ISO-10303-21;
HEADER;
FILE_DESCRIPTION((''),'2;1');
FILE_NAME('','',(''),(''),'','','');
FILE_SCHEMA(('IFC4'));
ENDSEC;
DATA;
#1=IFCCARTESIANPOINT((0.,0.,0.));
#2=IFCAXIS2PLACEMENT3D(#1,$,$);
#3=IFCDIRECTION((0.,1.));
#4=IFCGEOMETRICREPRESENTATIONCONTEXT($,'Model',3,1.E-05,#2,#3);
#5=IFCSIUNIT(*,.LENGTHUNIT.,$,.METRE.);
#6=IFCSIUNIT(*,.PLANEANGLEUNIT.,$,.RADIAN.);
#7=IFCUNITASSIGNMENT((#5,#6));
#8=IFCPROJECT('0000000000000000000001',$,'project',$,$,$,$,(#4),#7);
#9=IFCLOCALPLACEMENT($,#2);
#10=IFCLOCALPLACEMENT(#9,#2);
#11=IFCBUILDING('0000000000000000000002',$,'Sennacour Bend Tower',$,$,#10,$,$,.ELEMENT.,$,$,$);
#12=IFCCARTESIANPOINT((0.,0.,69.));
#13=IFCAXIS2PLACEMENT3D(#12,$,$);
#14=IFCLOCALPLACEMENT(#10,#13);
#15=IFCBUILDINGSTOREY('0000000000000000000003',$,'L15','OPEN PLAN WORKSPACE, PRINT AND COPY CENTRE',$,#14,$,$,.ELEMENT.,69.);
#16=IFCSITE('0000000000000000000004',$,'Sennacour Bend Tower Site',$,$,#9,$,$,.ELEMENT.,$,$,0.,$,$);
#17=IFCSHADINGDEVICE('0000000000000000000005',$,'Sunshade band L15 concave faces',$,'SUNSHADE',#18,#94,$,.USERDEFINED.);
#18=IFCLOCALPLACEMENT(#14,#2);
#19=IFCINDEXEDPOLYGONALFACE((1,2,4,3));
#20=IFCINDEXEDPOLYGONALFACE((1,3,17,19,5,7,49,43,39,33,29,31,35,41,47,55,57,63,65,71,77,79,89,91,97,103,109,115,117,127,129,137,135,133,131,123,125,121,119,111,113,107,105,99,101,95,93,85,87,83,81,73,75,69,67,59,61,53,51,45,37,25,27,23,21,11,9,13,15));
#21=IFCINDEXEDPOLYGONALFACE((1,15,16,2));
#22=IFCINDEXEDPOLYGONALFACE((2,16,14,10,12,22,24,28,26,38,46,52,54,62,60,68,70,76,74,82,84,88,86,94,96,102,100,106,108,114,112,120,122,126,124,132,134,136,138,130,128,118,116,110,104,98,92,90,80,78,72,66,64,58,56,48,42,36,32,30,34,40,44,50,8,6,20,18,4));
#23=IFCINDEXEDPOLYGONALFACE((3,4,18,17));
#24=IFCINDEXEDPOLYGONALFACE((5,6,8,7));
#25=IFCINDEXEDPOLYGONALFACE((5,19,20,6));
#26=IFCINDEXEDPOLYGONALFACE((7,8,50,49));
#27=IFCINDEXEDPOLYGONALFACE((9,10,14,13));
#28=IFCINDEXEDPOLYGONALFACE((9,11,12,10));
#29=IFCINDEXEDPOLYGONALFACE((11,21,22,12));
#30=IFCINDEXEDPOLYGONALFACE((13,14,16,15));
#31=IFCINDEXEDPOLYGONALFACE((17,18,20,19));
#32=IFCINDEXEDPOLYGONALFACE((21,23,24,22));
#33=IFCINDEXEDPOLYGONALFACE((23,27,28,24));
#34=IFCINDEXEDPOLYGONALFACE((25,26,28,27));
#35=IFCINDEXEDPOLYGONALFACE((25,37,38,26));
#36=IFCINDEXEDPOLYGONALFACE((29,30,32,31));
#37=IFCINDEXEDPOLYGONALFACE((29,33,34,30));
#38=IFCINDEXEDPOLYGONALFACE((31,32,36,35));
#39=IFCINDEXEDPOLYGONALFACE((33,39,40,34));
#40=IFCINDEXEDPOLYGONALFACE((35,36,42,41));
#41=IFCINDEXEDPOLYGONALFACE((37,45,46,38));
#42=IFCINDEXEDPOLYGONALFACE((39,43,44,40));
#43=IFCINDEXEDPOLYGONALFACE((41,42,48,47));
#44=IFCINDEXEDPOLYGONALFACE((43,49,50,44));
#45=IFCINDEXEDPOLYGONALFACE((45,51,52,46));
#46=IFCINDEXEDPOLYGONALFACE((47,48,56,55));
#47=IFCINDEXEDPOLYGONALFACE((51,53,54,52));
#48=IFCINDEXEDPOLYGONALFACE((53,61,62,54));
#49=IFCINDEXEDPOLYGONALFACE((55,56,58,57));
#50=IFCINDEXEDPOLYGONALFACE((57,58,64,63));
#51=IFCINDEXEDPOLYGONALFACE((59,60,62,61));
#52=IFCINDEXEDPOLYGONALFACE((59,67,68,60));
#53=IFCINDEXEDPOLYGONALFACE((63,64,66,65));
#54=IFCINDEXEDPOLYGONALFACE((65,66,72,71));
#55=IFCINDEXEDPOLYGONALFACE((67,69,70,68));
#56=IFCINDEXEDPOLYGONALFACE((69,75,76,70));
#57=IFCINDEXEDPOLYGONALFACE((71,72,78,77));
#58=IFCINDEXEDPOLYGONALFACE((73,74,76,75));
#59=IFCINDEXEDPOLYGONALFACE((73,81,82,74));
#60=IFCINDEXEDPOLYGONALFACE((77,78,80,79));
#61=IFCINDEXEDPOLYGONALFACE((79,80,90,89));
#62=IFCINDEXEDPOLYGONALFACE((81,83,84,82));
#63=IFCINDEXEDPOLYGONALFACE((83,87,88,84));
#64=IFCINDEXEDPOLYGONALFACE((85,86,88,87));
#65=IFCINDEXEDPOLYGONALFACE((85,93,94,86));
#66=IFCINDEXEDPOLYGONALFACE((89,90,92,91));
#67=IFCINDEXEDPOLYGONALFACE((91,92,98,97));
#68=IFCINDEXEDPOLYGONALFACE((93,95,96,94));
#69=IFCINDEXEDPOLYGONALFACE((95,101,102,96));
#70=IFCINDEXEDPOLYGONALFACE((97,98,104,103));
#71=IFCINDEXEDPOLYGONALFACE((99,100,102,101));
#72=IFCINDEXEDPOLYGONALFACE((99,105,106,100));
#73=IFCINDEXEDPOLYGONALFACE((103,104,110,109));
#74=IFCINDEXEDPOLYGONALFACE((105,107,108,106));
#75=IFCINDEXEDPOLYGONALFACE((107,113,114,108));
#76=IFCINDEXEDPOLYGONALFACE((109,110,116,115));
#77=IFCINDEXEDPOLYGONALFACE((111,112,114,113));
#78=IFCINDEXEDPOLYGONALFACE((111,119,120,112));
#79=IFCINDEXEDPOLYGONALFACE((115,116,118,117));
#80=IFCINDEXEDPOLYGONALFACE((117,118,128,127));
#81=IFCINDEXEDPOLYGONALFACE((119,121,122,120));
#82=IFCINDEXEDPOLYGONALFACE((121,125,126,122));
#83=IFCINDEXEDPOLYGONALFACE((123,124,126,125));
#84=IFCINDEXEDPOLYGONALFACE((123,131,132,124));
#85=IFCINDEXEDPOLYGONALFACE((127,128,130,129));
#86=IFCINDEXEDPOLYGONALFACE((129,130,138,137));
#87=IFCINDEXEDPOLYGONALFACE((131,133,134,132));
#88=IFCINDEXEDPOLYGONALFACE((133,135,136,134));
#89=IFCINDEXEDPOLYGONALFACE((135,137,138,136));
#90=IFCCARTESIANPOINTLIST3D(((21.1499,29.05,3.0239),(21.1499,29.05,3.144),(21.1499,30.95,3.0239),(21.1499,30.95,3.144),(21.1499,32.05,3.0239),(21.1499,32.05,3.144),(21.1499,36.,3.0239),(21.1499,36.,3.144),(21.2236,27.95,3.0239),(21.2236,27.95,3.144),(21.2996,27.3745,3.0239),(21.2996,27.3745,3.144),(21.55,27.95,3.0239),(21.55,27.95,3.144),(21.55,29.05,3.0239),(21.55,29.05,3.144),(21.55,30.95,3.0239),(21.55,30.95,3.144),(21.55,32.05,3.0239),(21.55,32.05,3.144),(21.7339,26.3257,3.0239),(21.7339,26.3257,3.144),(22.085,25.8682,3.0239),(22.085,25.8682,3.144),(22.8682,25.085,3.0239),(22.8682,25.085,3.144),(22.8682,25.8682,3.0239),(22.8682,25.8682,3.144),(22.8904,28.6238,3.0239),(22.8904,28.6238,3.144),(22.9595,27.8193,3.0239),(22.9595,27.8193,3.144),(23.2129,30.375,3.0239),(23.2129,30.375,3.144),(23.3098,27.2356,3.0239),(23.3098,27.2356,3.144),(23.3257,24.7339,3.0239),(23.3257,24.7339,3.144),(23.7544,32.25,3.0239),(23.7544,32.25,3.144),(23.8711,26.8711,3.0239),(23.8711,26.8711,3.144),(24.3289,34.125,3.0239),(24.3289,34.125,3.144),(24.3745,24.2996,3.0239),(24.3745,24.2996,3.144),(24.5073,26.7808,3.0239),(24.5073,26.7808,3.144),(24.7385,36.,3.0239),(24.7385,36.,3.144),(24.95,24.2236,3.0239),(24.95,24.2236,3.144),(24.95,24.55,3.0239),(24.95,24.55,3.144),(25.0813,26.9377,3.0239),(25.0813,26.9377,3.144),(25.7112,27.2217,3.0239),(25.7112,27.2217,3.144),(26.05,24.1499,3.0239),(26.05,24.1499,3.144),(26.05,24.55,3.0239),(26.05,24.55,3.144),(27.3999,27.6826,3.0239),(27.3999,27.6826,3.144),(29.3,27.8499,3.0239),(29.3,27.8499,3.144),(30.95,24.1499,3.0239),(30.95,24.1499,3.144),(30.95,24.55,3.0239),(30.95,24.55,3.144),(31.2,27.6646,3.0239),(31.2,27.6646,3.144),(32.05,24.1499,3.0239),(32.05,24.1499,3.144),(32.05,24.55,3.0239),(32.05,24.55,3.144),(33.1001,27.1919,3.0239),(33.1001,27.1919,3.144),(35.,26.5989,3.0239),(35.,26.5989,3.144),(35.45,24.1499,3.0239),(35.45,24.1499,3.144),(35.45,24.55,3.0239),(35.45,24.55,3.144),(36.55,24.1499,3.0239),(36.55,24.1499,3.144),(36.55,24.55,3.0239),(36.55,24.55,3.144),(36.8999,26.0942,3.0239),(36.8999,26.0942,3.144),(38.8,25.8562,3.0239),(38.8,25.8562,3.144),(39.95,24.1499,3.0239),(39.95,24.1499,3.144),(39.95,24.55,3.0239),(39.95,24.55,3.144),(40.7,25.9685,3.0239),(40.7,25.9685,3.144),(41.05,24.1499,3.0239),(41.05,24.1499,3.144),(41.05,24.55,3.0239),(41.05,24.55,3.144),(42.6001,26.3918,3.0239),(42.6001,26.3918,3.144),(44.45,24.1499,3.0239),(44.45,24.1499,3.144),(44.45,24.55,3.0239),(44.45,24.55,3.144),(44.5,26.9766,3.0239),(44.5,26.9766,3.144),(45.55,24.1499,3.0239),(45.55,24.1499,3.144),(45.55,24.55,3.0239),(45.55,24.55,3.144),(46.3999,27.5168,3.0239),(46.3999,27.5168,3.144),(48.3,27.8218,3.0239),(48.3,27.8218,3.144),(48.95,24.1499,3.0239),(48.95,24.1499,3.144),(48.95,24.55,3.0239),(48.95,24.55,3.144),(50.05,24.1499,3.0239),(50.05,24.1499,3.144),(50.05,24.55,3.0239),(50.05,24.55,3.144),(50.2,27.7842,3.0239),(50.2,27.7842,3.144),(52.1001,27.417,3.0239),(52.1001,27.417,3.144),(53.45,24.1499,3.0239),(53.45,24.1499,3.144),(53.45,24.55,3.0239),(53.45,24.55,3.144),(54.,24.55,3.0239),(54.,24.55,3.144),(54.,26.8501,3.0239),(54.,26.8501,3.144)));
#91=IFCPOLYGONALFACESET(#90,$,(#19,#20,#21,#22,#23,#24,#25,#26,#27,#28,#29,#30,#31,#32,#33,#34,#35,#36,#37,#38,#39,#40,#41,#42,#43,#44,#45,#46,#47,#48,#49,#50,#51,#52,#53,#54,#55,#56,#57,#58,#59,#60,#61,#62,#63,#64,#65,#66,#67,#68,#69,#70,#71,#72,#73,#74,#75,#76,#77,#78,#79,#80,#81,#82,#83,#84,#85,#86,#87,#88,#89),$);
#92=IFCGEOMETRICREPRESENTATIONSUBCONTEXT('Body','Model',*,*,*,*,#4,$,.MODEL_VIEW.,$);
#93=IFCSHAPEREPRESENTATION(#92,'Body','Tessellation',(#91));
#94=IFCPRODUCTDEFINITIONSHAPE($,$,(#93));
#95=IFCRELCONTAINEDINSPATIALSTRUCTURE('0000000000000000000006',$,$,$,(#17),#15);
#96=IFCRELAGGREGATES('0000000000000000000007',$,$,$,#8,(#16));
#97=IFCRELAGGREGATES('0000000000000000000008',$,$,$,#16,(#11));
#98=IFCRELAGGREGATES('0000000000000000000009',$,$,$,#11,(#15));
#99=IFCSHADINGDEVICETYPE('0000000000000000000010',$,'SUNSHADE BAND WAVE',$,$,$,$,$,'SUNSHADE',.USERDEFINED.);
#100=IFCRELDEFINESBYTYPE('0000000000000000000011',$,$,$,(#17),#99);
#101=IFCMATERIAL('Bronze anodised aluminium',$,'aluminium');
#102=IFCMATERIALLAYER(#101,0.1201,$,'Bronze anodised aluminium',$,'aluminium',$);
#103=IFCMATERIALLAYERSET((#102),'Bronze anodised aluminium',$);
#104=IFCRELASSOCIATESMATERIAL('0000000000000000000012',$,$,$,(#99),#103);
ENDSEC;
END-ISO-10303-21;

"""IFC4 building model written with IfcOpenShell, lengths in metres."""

from ifc_helpers import new_model, si_unit, direction, frame, origin, place, context, subcontext, project, spatial, polyline, outline, extrude, material, layer, layer_set, type_object, element, save


model = new_model("IFC4")

# Units and contexts
model_context = context("Model", 3, precision=1e-05, world=origin(), true_north=direction((0.0, 1.0)))
body_context = subcontext(model_context, "Body", "Model", "MODEL_VIEW")
ifc_project = project(units=[si_unit("LENGTHUNIT", "METRE"), si_unit("PLANEANGLEUNIT", "RADIAN")], contexts=[model_context])

# Site, building, storey
site_placement = place(None, origin())
site = spatial("IfcSite", under=ifc_project, at=site_placement, Name="Sennacour Bend Tower Site", CompositionType="ELEMENT", RefElevation=0.0)
building_placement = place(site_placement, origin())
building = spatial("IfcBuilding", under=site, at=building_placement, Name="Sennacour Bend Tower", CompositionType="ELEMENT")
storey_placement = place(building_placement, frame((0.0, 0.0, 69.0)))
storey = spatial("IfcBuildingStorey", under=building, at=storey_placement, Name="L15", Description="OPEN PLAN WORKSPACE, PRINT AND COPY CENTRE", CompositionType="ELEMENT", Elevation=69.0)

# Shading device
ifc_material_1 = material(Name="Bronze anodised aluminium", Category="aluminium")
ifc_layer_1 = layer(ifc_material_1, 0.1201, Name="Bronze anodised aluminium", Category="aluminium")
ifc_layer_set_1 = layer_set([ifc_layer_1], Name="Bronze anodised aluminium")
shading_device_type_1 = type_object("IfcShadingDeviceType", Name="SUNSHADE BAND WAVE", ElementType="SUNSHADE", PredefinedType="USERDEFINED", material=ifc_layer_set_1)
shading_device_1_placement = place(storey_placement, frame((0.0, 0.0, 3.0239)))
element("IfcShadingDevice", 1, at=shading_device_1_placement, inside=storey, type_object=shading_device_type_1, Name="Sunshade band L15 concave faces", ObjectType="SUNSHADE", PredefinedType="USERDEFINED", context=body_context, shape_type="SweptSolid", body=[
    extrude(outline(polyline([(53.45, 24.1499), (50.05, 24.1499), (50.05, 24.55), (48.95, 24.55), (48.95, 24.1499), (45.55, 24.1499), (45.55, 24.55), (44.45, 24.55), (44.45, 24.1499), (41.05, 24.1499), (41.05, 24.55), (39.95, 24.55), (39.95, 24.1499), (36.55, 24.1499), (36.55, 24.55), (35.45, 24.55), (35.45, 24.1499), (32.05, 24.1499), (32.05, 24.55), (30.95, 24.55), (30.95, 24.1499), (26.05, 24.1499), (26.05, 24.55), (24.95, 24.55), (24.95, 24.2236), (24.3745, 24.2996), (23.3257, 24.7339), (22.8682, 25.085), (22.8682, 25.8682), (22.085, 25.8682), (21.7339, 26.3257), (21.2996, 27.3745), (21.2236, 27.95), (21.55, 27.95), (21.55, 29.05), (21.1499, 29.05), (21.1499, 30.95), (21.55, 30.95), (21.55, 32.05), (21.1499, 32.05), (21.1499, 36.0), (24.7385, 36.0), (24.3289, 34.125), (23.7544, 32.25), (23.2129, 30.375), (22.8904, 28.6238), (22.9595, 27.8193), (23.3098, 27.2356), (23.8711, 26.8711), (24.5073, 26.7808), (25.0813, 26.9377), (25.7112, 27.2217), (27.3999, 27.6826), (29.3, 27.8499), (31.2, 27.6646), (33.1001, 27.1919), (35.0, 26.5989), (36.8999, 26.0942), (38.8, 25.8562), (40.7, 25.9685), (42.6001, 26.3918), (44.5, 26.9766), (46.3999, 27.5168), (48.3, 27.8218), (50.2, 27.7842), (52.1001, 27.417), (54.0, 26.8501), (54.0, 24.55), (53.45, 24.55), (53.45, 24.1499)])), origin(), (0.0, 0.0, 1.0), 0.1201),
])

save(model, "model.ifc")
